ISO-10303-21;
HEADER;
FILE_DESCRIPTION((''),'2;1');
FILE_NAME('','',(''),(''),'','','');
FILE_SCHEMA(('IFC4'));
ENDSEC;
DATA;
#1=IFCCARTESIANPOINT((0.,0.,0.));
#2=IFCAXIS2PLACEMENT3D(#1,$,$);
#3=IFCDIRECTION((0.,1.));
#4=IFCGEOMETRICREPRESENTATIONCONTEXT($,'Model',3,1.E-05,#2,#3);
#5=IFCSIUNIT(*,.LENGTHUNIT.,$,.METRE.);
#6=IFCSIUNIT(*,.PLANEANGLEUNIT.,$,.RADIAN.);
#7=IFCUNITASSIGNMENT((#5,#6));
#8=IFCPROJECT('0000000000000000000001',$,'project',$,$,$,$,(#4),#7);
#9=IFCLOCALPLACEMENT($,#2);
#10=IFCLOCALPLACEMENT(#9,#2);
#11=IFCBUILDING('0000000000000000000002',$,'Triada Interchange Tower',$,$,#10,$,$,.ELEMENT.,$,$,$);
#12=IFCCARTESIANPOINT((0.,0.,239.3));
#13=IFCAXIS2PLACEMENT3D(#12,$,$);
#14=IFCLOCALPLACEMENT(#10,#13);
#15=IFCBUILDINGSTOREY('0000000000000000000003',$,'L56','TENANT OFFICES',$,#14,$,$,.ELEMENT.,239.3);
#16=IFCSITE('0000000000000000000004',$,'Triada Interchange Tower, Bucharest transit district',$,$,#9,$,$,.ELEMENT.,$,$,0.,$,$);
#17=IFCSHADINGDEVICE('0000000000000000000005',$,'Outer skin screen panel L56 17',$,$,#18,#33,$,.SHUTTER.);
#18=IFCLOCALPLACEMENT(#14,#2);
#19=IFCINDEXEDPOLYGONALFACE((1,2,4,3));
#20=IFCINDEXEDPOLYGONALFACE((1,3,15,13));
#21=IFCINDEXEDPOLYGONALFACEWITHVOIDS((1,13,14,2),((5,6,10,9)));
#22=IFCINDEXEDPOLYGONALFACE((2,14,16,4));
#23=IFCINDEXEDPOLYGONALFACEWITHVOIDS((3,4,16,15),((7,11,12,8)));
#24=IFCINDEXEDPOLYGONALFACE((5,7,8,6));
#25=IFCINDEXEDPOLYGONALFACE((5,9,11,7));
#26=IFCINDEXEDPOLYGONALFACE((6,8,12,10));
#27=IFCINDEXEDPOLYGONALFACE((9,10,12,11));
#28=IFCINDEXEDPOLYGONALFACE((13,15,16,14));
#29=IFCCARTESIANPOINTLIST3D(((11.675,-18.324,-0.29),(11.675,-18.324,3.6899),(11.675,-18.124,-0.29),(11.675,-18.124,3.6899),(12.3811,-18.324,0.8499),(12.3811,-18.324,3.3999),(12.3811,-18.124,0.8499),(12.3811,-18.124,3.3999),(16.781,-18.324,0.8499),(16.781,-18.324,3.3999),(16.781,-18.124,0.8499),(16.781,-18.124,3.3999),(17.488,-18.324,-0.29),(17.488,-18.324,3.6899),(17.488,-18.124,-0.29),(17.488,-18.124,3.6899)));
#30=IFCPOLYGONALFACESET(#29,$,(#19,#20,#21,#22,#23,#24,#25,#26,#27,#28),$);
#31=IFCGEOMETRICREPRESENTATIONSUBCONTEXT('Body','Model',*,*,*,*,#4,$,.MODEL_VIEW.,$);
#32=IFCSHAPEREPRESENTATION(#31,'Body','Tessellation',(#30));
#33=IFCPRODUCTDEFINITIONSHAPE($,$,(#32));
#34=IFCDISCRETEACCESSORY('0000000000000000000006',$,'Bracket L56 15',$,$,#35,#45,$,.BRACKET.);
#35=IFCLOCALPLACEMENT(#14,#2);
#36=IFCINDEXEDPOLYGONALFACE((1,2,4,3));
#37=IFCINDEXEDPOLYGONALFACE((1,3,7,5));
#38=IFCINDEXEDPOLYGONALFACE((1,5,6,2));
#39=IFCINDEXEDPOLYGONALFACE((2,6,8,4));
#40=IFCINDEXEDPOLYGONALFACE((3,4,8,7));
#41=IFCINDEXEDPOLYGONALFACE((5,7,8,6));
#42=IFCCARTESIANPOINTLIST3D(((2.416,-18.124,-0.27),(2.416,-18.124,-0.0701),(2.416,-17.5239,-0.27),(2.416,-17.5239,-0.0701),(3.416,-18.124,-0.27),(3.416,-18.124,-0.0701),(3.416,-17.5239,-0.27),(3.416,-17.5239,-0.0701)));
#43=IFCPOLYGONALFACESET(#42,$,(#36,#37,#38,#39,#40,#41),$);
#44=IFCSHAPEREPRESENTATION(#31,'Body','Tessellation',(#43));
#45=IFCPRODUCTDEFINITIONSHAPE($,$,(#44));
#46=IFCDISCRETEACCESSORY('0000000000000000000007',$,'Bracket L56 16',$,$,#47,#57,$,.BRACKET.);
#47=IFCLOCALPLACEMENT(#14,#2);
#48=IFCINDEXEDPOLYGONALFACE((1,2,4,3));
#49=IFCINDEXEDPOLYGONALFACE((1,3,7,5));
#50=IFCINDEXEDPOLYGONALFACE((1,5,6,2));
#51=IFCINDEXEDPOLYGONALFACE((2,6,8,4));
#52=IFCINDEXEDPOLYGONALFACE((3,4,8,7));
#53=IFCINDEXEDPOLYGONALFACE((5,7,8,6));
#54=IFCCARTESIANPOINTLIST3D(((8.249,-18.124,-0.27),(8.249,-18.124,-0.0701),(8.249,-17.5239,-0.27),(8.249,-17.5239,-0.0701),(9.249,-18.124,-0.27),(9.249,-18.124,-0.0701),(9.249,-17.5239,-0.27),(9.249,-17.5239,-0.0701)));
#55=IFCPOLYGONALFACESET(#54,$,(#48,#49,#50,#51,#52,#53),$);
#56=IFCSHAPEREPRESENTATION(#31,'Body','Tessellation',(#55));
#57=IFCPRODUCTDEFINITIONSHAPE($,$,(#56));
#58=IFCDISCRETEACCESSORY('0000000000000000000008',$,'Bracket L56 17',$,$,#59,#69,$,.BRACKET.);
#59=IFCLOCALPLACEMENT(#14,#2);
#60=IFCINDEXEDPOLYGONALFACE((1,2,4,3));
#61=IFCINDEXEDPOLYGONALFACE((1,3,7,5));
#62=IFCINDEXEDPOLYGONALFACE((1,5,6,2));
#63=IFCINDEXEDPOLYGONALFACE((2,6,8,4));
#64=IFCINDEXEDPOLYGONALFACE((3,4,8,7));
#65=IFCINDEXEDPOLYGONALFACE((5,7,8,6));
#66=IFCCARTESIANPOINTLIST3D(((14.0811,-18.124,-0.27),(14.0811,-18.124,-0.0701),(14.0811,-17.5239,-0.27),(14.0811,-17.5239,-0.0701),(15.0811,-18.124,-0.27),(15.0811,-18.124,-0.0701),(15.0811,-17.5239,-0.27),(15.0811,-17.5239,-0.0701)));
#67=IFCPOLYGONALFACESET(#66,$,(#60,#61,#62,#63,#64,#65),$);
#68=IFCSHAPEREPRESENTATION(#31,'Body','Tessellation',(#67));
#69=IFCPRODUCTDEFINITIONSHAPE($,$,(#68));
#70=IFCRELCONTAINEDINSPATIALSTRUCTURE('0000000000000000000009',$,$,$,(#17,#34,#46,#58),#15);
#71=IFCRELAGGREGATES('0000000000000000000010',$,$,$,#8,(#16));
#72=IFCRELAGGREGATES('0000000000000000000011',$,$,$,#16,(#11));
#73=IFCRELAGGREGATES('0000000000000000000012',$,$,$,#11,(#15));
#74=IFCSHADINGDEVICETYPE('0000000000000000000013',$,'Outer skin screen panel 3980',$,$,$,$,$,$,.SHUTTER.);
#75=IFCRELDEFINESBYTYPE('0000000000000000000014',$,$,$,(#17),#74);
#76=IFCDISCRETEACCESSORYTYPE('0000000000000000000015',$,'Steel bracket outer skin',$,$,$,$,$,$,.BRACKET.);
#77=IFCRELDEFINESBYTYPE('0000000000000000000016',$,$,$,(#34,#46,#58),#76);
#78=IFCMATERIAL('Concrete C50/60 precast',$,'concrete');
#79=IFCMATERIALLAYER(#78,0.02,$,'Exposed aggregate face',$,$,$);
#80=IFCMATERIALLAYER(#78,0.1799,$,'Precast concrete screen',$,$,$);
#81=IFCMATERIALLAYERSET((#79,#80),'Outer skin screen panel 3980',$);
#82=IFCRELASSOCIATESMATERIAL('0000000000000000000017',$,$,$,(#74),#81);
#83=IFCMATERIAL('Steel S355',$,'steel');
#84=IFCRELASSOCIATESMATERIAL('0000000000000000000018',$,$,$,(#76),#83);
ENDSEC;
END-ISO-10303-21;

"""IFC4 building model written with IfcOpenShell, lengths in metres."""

from ifc_helpers import new_model, si_unit, direction, frame, origin, origin_2d, place, context, subcontext, project, spatial, polyline, rectangle, outline, extrude, material, layer, layer_set, type_object, element, save


model = new_model("IFC4")

# Units and contexts
model_context = context("Model", 3, precision=1e-05, world=origin(), true_north=direction((0.0, 1.0)))
body_context = subcontext(model_context, "Body", "Model", "MODEL_VIEW")
ifc_project = project(units=[si_unit("LENGTHUNIT", "METRE"), si_unit("PLANEANGLEUNIT", "RADIAN")], contexts=[model_context])

# Site, building, storey
site_placement = place(None, origin())
site = spatial("IfcSite", under=ifc_project, at=site_placement, Name="Triada Interchange Tower, Bucharest transit district", CompositionType="ELEMENT", RefElevation=0.0)
building_placement = place(site_placement, origin())
building = spatial("IfcBuilding", under=site, at=building_placement, Name="Triada Interchange Tower", CompositionType="ELEMENT")
storey_placement = place(building_placement, frame((0.0, 0.0, 239.3)))
storey = spatial("IfcBuildingStorey", under=building, at=storey_placement, Name="L56", Description="TENANT OFFICES", CompositionType="ELEMENT", Elevation=239.3)

# Shading device
ifc_material_1 = material(Name="Concrete C50/60 precast", Category="concrete")
ifc_layer_1 = layer(ifc_material_1, 0.02, Name="Exposed aggregate face")
ifc_layer_2 = layer(ifc_material_1, 0.1799, Name="Precast concrete screen")
ifc_layer_set_1 = layer_set([ifc_layer_1, ifc_layer_2], Name="Outer skin screen panel 3980")
shading_device_type = type_object("IfcShadingDeviceType", Name="Outer skin screen panel 3980", PredefinedType="SHUTTER", material=ifc_layer_set_1)
shading_device_1_placement = place(storey_placement, frame((11.675, -18.124, -0.29), z_axis=(0.0, 0.0, 1.0), x_axis=(1.0, 0.0, 0.0)))
element("IfcShadingDevice", 1, at=shading_device_1_placement, inside=storey, type_object=shading_device_type, Name="Outer skin screen panel L56 17", PredefinedType="SHUTTER", context=body_context, shape_type="SweptSolid", body=[
    extrude(outline(polyline([(0.0, 0.0), (5.813, 0.0), (5.813, 3.98), (0.0, 3.98), (0.0, 0.0)]), holes=[polyline([(0.7061, 1.1399), (0.7061, 3.6899), (5.106, 3.6899), (5.106, 1.1399), (0.7061, 1.1399)])]), frame((0.0, 0.0, 0.0), z_axis=(0.0, -1.0, 0.0), x_axis=(1.0, 0.0, 0.0)), (0.0, 0.0, 1.0), 0.2),
])

# Discrete accessories
ifc_material_2 = material(Name="Steel S355", Category="steel")
discrete_accessory_type = type_object("IfcDiscreteAccessoryType", Name="Steel bracket outer skin", PredefinedType="BRACKET", material=ifc_material_2)
for number, where, z_axis, x_axis, name in (
    (2, (2.916, -17.824, -0.27), (0.0, 0.0, 1.0), (0.0, -1.0, 0.0), "Bracket L56 15"),
    (3, (8.749, -17.824, -0.27), (0.0, 0.0, 1.0), (0.0, -1.0, 0.0), "Bracket L56 16"),
    (4, (14.5811, -17.824, -0.27), (0.0, 0.0, 1.0), (0.0, -1.0, 0.0), "Bracket L56 17"),
):
    element("IfcDiscreteAccessory", number, at=place(storey_placement, frame(where, z_axis=z_axis, x_axis=x_axis)), inside=storey, type_object=discrete_accessory_type, Name=name, PredefinedType="BRACKET", context=body_context, shape_type="SweptSolid", body=[
        extrude(rectangle(XDim=0.6001, YDim=1.0, at=origin_2d()), origin(), (0.0, 0.0, 1.0), 0.2),
    ])

save(model, "model.ifc")
